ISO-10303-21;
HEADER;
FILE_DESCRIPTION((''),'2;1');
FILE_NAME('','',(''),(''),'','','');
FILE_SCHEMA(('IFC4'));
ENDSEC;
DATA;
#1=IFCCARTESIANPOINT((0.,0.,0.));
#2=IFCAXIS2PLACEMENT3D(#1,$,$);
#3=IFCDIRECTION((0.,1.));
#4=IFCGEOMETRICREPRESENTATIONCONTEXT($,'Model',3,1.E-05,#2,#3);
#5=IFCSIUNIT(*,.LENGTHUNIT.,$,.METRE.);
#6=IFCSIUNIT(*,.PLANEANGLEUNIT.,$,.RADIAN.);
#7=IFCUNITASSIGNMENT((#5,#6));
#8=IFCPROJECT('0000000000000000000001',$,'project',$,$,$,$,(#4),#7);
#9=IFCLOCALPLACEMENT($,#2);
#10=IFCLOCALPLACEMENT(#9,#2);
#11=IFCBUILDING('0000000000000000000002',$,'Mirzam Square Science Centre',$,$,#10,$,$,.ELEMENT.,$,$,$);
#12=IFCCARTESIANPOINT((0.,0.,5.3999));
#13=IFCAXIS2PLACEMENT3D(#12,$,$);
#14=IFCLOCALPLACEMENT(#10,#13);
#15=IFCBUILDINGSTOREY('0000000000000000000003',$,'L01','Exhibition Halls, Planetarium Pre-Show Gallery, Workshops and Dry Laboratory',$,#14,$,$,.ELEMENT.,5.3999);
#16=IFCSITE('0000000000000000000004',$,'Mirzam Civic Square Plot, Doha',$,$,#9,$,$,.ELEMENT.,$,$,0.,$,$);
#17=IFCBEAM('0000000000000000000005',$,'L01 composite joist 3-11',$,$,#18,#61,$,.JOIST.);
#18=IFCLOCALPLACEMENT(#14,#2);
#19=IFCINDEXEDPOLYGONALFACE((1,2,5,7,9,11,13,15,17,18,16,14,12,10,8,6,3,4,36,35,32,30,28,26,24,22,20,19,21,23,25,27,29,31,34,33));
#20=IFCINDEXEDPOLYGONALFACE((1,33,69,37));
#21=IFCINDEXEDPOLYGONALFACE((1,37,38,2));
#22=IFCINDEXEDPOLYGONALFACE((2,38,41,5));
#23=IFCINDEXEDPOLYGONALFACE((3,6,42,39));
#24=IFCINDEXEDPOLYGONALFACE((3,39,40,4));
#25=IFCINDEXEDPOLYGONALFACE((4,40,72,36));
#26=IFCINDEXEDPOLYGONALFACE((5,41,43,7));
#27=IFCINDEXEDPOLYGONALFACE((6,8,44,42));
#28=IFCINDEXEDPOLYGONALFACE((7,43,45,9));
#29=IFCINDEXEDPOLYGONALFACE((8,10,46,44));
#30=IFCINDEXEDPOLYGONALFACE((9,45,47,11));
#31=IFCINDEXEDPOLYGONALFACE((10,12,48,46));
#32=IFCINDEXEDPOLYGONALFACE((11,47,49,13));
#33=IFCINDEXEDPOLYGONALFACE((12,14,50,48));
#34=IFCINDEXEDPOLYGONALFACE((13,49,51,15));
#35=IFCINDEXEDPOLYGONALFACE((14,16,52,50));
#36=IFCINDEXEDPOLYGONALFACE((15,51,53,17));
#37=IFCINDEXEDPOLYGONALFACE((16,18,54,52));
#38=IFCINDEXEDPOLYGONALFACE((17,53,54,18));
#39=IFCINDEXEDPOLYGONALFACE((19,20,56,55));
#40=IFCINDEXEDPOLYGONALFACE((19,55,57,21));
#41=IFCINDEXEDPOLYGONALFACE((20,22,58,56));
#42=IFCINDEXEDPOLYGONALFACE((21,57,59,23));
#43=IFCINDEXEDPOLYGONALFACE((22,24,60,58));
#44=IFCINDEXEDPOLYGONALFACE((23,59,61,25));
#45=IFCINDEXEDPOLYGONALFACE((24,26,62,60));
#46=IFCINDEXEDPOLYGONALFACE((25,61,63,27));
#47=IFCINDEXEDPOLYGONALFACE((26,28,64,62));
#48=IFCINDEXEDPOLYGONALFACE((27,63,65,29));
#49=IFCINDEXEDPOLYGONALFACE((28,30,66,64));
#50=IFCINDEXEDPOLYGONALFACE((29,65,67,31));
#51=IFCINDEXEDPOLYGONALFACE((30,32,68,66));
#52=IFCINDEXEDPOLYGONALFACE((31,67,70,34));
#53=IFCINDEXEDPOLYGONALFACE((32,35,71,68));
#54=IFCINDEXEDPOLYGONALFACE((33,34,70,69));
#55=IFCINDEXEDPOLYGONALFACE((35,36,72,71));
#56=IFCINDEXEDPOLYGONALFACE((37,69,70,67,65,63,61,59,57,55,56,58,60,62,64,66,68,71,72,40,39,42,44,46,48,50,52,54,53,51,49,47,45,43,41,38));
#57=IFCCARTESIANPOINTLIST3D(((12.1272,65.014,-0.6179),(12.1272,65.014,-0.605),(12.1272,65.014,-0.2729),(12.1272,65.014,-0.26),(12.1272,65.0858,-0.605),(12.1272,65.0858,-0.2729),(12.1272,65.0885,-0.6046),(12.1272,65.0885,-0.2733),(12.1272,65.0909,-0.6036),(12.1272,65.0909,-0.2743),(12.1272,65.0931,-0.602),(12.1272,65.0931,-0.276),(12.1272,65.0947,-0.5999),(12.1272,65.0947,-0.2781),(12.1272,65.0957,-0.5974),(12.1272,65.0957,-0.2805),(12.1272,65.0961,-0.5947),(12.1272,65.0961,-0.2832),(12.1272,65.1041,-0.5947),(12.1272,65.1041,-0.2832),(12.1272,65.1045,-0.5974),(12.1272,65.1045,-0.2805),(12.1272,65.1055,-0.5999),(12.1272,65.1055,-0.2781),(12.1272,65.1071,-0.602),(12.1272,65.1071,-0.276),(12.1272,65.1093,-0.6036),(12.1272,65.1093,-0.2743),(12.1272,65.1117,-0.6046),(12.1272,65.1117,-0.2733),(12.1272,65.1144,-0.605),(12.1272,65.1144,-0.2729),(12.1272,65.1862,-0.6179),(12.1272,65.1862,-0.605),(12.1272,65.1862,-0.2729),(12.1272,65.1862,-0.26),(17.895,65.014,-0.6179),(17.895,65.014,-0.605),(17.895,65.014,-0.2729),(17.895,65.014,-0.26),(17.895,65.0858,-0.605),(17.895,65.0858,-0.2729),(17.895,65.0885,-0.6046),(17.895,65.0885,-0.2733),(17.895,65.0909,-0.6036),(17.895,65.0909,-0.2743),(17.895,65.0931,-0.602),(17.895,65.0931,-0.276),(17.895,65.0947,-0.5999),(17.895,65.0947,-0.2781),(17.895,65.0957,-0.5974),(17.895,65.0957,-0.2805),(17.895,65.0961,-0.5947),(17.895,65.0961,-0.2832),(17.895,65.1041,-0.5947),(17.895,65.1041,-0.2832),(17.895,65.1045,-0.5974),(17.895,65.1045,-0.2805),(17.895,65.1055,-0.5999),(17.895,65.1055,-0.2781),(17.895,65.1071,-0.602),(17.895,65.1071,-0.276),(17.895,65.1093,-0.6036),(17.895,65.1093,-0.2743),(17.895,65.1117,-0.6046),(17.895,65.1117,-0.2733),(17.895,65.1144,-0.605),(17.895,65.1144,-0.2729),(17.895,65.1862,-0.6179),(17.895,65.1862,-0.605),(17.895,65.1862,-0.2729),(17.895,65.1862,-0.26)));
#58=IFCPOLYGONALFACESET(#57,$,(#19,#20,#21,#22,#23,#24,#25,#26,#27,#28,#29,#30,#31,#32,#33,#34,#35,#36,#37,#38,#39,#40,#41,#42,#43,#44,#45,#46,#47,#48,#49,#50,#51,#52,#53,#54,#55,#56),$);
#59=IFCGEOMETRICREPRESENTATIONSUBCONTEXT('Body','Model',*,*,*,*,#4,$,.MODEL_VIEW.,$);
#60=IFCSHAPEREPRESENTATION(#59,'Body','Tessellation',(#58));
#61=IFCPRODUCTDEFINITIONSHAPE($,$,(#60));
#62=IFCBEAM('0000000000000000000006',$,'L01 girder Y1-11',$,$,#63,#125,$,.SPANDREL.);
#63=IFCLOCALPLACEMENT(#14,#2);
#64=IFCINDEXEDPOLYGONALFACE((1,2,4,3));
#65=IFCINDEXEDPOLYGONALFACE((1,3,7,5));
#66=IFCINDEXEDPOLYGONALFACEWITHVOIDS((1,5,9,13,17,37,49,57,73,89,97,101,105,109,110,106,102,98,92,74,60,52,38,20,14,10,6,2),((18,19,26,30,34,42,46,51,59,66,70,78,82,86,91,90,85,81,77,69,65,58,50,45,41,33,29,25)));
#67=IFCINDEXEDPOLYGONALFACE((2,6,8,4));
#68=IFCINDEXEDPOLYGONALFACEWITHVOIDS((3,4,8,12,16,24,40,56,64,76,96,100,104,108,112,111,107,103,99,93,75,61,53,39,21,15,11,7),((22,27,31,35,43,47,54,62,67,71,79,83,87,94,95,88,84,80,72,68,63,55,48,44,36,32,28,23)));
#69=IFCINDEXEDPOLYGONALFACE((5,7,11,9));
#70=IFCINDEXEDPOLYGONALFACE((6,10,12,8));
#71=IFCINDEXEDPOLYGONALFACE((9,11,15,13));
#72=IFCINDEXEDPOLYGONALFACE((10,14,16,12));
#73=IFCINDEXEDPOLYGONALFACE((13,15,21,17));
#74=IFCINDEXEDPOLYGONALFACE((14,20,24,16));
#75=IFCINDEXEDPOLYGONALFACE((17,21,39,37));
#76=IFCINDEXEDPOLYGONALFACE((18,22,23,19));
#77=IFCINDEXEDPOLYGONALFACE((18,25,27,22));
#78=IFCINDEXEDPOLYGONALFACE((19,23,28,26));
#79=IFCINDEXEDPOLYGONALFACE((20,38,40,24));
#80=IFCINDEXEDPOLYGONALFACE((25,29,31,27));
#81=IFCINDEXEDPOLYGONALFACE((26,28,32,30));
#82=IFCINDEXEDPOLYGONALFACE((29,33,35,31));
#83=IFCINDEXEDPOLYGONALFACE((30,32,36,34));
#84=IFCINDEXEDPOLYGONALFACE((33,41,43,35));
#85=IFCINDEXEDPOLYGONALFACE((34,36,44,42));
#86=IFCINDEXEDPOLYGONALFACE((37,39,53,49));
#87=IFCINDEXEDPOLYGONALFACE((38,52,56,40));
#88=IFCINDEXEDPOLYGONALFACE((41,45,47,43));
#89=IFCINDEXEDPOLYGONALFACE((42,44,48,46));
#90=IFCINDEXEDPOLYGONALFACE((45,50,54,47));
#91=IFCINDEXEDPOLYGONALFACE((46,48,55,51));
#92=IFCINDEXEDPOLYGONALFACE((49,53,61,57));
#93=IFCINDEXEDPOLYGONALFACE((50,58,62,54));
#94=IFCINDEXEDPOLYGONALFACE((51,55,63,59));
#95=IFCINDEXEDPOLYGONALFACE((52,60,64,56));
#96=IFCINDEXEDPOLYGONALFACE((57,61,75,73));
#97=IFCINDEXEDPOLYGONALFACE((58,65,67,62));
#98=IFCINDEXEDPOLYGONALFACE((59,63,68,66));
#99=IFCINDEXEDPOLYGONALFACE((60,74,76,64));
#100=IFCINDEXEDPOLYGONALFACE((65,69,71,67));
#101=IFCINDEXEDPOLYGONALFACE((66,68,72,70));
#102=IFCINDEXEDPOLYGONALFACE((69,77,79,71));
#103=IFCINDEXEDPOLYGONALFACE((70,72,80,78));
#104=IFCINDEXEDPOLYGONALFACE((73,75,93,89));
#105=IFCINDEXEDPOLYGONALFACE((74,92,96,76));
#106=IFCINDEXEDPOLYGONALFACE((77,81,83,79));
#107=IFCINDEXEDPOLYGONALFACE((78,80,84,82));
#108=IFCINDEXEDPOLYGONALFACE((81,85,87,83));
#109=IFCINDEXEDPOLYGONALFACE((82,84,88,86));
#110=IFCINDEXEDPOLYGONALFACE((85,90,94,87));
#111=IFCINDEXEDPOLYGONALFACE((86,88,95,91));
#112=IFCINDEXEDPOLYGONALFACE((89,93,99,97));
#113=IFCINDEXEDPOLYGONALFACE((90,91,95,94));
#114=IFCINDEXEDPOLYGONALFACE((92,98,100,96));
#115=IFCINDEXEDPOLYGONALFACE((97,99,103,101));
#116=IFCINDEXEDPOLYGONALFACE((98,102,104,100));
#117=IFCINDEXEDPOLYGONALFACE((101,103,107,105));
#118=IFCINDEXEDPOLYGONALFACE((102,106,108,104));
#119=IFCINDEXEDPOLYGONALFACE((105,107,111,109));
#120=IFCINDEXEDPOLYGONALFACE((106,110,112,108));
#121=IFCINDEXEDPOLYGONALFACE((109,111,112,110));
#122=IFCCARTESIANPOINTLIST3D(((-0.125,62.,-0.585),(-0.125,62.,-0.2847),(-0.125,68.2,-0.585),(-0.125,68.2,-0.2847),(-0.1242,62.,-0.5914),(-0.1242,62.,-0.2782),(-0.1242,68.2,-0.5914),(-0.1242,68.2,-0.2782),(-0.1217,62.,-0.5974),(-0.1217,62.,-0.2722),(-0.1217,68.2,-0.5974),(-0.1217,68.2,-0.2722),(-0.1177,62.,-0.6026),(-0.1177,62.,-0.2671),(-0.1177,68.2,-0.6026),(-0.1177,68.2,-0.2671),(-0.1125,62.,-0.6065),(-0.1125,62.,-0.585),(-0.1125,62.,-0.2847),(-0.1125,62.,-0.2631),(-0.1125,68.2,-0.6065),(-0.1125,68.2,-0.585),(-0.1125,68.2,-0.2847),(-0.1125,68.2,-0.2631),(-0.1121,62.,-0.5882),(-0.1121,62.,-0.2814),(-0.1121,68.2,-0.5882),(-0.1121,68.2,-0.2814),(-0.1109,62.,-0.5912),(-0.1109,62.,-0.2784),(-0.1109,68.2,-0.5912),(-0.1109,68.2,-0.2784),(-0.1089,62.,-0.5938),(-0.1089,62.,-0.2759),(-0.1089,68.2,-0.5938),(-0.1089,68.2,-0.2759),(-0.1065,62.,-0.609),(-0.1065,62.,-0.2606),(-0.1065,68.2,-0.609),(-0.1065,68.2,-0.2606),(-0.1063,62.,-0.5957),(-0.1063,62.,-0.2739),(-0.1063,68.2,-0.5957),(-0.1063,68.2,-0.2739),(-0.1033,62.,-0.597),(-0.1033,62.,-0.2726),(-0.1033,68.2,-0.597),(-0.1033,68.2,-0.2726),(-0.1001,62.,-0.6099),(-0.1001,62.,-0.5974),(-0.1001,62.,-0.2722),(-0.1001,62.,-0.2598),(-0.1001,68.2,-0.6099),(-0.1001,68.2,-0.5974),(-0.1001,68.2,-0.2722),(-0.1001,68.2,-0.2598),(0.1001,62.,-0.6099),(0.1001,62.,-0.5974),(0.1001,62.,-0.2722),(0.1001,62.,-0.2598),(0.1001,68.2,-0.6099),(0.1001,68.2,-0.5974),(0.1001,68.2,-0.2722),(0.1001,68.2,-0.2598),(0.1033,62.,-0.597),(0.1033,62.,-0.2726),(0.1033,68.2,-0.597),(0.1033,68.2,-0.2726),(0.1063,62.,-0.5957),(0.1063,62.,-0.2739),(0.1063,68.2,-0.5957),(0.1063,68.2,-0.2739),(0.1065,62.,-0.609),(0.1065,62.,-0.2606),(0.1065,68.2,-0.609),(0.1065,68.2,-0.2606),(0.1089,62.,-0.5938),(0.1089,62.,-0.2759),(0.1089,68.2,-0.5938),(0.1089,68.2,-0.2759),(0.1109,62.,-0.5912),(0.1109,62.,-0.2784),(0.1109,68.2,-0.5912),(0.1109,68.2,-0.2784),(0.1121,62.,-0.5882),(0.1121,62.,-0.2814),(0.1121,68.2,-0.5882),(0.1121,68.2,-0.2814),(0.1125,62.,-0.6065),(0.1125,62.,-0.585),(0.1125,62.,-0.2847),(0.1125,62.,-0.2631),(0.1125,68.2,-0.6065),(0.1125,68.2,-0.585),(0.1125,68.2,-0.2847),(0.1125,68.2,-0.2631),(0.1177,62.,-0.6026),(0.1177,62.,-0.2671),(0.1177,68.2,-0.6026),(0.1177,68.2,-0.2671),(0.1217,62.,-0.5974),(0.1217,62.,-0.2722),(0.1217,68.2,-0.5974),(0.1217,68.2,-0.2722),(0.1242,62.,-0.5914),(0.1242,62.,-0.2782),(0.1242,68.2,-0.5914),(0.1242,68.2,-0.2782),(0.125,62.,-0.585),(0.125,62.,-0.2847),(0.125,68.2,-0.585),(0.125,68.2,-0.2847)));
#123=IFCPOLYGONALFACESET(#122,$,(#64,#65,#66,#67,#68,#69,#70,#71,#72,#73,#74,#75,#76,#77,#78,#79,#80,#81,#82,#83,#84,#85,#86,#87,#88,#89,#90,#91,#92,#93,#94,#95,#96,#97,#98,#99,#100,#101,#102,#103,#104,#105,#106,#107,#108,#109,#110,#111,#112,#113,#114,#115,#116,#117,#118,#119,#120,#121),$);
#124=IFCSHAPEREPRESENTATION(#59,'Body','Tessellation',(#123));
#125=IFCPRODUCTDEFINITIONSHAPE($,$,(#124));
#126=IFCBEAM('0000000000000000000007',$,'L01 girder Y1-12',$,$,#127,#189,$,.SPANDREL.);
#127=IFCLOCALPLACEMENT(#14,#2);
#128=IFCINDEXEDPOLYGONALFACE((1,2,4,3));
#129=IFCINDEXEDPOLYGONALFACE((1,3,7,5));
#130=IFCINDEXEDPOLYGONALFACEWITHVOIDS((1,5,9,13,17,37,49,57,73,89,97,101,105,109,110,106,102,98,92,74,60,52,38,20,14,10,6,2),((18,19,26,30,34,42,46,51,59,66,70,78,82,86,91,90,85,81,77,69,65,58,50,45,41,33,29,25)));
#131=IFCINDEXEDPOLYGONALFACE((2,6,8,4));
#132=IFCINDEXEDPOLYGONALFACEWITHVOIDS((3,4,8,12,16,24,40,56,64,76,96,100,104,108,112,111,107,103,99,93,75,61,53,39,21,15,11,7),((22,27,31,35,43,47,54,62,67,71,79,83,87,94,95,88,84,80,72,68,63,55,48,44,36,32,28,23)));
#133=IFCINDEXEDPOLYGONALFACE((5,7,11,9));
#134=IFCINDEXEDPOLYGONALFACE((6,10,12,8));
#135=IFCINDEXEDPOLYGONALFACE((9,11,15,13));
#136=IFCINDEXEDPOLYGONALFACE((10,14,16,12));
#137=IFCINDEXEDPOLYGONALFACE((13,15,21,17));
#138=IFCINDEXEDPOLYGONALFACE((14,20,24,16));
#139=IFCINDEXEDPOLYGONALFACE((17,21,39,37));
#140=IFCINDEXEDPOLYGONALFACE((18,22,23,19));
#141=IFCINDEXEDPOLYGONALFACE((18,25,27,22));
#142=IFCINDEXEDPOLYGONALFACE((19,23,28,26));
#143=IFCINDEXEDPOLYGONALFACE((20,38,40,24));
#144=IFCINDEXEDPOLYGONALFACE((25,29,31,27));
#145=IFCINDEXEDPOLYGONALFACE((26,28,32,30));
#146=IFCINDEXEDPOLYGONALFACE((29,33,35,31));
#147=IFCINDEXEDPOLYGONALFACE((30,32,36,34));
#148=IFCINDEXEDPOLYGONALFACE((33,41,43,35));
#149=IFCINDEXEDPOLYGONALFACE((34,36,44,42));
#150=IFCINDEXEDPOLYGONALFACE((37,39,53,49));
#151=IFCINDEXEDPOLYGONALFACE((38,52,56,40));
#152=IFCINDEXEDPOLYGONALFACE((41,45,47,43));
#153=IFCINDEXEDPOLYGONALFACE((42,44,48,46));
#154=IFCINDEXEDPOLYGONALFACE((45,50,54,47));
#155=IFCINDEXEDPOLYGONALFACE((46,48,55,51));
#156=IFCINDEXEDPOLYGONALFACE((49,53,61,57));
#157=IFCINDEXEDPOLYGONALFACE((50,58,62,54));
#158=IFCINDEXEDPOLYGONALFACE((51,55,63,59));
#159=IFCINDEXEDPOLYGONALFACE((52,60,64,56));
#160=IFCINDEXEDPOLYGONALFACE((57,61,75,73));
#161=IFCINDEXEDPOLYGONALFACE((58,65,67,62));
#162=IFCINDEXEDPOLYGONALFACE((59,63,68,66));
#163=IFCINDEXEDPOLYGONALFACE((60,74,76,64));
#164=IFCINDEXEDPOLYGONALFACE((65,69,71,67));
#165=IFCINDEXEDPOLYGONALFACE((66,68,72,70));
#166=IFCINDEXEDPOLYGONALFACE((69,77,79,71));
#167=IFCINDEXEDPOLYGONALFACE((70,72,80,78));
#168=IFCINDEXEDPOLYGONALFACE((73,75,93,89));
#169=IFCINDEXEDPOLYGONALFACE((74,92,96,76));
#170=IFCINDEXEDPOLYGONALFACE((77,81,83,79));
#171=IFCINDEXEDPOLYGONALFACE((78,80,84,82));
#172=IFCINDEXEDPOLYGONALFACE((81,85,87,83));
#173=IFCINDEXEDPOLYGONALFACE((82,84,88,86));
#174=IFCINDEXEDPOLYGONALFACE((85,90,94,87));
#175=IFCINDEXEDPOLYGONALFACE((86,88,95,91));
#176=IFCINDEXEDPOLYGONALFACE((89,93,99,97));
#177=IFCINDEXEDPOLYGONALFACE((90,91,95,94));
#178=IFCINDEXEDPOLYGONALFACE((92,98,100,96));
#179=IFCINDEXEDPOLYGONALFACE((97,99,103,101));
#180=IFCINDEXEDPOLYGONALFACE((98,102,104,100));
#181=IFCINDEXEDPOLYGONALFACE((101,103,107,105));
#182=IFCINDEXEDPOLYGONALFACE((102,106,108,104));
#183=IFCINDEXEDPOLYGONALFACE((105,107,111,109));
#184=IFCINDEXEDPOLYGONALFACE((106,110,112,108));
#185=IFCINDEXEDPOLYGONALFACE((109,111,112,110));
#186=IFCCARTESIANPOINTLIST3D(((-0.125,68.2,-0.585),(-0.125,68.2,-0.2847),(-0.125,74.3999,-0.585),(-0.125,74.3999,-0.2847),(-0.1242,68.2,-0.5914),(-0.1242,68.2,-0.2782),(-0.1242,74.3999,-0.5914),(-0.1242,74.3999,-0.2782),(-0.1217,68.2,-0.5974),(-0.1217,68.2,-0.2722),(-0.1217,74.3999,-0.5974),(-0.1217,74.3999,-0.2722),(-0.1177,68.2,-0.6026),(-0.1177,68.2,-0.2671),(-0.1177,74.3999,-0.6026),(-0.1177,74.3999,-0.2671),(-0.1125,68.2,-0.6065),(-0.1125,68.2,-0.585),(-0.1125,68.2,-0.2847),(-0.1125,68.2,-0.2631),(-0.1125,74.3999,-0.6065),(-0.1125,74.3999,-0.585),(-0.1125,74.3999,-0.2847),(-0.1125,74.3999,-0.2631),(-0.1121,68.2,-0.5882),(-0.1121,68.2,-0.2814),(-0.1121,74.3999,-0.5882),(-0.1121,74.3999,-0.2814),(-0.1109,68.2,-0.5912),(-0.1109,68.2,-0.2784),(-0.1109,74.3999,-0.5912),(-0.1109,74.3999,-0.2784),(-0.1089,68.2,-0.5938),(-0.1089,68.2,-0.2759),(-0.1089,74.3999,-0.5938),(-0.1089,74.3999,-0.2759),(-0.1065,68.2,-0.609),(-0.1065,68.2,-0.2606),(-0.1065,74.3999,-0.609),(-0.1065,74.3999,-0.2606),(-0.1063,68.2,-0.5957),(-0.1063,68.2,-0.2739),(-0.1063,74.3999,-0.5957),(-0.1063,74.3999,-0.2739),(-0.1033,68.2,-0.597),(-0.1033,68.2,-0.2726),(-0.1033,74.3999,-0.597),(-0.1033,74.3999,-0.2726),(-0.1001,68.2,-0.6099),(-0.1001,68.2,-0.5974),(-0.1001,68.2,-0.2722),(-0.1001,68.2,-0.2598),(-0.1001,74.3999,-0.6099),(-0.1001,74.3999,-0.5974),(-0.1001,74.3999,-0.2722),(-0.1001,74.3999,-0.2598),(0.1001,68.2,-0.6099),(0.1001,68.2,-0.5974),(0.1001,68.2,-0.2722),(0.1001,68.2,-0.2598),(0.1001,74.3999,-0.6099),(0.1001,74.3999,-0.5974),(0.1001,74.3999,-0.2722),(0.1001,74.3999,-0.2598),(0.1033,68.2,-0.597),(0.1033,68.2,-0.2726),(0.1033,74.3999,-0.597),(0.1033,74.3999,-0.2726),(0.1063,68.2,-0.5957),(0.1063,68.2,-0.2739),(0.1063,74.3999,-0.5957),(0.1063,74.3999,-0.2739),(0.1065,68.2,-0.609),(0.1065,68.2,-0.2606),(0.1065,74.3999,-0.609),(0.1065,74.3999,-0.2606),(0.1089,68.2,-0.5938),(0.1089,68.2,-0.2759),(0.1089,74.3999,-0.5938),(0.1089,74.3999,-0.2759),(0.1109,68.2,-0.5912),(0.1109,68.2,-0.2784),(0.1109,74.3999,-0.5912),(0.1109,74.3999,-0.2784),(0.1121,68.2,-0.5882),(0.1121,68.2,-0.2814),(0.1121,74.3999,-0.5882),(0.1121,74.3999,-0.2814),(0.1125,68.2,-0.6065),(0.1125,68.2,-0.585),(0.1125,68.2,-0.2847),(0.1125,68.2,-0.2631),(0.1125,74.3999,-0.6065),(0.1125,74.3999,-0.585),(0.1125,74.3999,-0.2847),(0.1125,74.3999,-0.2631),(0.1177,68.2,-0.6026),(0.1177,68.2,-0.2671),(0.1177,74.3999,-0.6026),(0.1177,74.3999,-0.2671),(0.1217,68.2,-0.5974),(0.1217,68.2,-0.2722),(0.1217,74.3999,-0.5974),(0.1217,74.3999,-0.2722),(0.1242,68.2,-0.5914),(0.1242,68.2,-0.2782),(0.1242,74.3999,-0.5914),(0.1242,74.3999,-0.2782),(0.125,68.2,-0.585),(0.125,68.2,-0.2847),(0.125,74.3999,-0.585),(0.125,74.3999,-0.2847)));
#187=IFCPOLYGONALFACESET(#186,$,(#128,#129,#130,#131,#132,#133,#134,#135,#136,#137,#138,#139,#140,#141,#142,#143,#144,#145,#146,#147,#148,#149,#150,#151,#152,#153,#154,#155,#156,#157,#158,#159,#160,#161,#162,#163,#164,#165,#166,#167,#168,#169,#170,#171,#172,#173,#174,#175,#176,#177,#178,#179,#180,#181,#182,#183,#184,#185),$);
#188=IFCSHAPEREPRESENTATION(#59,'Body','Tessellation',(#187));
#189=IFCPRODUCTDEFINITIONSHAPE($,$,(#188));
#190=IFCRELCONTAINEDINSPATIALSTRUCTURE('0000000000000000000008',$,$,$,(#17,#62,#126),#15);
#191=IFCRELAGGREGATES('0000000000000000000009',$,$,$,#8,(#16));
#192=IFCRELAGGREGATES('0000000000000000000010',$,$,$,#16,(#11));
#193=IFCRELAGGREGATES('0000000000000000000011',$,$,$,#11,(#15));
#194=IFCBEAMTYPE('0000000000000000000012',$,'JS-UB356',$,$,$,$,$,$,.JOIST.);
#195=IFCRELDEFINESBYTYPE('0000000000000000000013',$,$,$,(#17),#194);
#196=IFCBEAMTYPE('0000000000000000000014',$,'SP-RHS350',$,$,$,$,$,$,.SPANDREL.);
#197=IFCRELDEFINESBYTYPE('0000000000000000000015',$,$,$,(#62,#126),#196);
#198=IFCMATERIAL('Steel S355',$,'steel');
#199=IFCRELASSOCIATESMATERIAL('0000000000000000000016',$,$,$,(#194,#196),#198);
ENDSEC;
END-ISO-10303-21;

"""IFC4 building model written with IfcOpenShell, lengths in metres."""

from ifc_helpers import new_model, si_unit, direction, frame, origin, origin_2d, place, context, subcontext, project, spatial, hollow_rectangle, i_section, extrude, material, material_profile, profile_set, type_object, element, save


model = new_model("IFC4")

# Units and contexts
model_context = context("Model", 3, precision=1e-05, world=origin(), true_north=direction((0.0, 1.0)))
body_context = subcontext(model_context, "Body", "Model", "MODEL_VIEW")
ifc_project = project(units=[si_unit("LENGTHUNIT", "METRE"), si_unit("PLANEANGLEUNIT", "RADIAN")], contexts=[model_context])

# Site, building, storey
site_placement = place(None, origin())
site = spatial("IfcSite", under=ifc_project, at=site_placement, Name="Mirzam Civic Square Plot, Doha", CompositionType="ELEMENT", RefElevation=0.0)
building_placement = place(site_placement, origin())
building = spatial("IfcBuilding", under=site, at=building_placement, Name="Mirzam Square Science Centre", CompositionType="ELEMENT")
storey_placement = place(building_placement, frame((0.0, 0.0, 5.3999)))
storey = spatial("IfcBuildingStorey", under=building, at=storey_placement, Name="L01", Description="Exhibition Halls, Planetarium Pre-Show Gallery, Workshops and Dry Laboratory", CompositionType="ELEMENT", Elevation=5.3999)

# Shared definitions
ifc_material_1 = material(Name="Steel S355", Category="steel")

# Beams
ifc_material_profile_1 = material_profile(ifc_material_1, i_section(OverallWidth=0.1721, OverallDepth=0.3579, WebThickness=0.0081, FlangeThickness=0.0129, FilletRadius=0.0103, at=origin_2d()), Name="356x171x57UB")
ifc_profile_set_1 = profile_set([ifc_material_profile_1], Name="Steel S355")
beam_type_1 = type_object("IfcBeamType", Name="JS-UB356", PredefinedType="JOIST", material=ifc_profile_set_1)
beam_1_placement = place(storey_placement, frame((12.1272, 65.1001, -0.439), z_axis=(1.0, 0.0, 0.0), x_axis=(0.0, 1.0, 0.0)))
element("IfcBeam", 1, at=beam_1_placement, inside=storey, type_object=beam_type_1, Name="L01 composite joist 3-11", PredefinedType="JOIST", context=body_context, shape_type="SweptSolid", body=[
    extrude(i_section(OverallWidth=0.1721, OverallDepth=0.3579, WebThickness=0.0081, FlangeThickness=0.0129, FilletRadius=0.0103, at=origin_2d()), origin(), (0.0, 0.0, 1.0), 5.7678),
])
ifc_material_profile_2 = material_profile(ifc_material_1, hollow_rectangle(XDim=0.25, YDim=0.3501, WallThickness=0.0125, InnerFilletRadius=0.0125, OuterFilletRadius=0.0249, at=origin_2d()), Name="350x250x12.5RHS")
ifc_profile_set_2 = profile_set([ifc_material_profile_2], Name="Steel S355")
beam_type_2 = type_object("IfcBeamType", Name="SP-RHS350", PredefinedType="SPANDREL", material=ifc_profile_set_2)
for number, where, z_axis, x_axis, name in (
    (2, (0.0, 62.0, -0.4348), (0.0, 1.0, 0.0), (-1.0, 0.0, 0.0), "L01 girder Y1-11"),
    (3, (0.0, 68.2, -0.4348), (0.0, 1.0, 0.0), (-1.0, 0.0, 0.0), "L01 girder Y1-12"),
):
    element("IfcBeam", number, at=place(storey_placement, frame(where, z_axis=z_axis, x_axis=x_axis)), inside=storey, type_object=beam_type_2, Name=name, PredefinedType="SPANDREL", context=body_context, shape_type="SweptSolid", body=[
        extrude(hollow_rectangle(XDim=0.25, YDim=0.3501, WallThickness=0.0125, InnerFilletRadius=0.0125, OuterFilletRadius=0.0249, at=origin_2d()), origin(), (0.0, 0.0, 1.0), 6.2),
    ])

save(model, "model.ifc")
